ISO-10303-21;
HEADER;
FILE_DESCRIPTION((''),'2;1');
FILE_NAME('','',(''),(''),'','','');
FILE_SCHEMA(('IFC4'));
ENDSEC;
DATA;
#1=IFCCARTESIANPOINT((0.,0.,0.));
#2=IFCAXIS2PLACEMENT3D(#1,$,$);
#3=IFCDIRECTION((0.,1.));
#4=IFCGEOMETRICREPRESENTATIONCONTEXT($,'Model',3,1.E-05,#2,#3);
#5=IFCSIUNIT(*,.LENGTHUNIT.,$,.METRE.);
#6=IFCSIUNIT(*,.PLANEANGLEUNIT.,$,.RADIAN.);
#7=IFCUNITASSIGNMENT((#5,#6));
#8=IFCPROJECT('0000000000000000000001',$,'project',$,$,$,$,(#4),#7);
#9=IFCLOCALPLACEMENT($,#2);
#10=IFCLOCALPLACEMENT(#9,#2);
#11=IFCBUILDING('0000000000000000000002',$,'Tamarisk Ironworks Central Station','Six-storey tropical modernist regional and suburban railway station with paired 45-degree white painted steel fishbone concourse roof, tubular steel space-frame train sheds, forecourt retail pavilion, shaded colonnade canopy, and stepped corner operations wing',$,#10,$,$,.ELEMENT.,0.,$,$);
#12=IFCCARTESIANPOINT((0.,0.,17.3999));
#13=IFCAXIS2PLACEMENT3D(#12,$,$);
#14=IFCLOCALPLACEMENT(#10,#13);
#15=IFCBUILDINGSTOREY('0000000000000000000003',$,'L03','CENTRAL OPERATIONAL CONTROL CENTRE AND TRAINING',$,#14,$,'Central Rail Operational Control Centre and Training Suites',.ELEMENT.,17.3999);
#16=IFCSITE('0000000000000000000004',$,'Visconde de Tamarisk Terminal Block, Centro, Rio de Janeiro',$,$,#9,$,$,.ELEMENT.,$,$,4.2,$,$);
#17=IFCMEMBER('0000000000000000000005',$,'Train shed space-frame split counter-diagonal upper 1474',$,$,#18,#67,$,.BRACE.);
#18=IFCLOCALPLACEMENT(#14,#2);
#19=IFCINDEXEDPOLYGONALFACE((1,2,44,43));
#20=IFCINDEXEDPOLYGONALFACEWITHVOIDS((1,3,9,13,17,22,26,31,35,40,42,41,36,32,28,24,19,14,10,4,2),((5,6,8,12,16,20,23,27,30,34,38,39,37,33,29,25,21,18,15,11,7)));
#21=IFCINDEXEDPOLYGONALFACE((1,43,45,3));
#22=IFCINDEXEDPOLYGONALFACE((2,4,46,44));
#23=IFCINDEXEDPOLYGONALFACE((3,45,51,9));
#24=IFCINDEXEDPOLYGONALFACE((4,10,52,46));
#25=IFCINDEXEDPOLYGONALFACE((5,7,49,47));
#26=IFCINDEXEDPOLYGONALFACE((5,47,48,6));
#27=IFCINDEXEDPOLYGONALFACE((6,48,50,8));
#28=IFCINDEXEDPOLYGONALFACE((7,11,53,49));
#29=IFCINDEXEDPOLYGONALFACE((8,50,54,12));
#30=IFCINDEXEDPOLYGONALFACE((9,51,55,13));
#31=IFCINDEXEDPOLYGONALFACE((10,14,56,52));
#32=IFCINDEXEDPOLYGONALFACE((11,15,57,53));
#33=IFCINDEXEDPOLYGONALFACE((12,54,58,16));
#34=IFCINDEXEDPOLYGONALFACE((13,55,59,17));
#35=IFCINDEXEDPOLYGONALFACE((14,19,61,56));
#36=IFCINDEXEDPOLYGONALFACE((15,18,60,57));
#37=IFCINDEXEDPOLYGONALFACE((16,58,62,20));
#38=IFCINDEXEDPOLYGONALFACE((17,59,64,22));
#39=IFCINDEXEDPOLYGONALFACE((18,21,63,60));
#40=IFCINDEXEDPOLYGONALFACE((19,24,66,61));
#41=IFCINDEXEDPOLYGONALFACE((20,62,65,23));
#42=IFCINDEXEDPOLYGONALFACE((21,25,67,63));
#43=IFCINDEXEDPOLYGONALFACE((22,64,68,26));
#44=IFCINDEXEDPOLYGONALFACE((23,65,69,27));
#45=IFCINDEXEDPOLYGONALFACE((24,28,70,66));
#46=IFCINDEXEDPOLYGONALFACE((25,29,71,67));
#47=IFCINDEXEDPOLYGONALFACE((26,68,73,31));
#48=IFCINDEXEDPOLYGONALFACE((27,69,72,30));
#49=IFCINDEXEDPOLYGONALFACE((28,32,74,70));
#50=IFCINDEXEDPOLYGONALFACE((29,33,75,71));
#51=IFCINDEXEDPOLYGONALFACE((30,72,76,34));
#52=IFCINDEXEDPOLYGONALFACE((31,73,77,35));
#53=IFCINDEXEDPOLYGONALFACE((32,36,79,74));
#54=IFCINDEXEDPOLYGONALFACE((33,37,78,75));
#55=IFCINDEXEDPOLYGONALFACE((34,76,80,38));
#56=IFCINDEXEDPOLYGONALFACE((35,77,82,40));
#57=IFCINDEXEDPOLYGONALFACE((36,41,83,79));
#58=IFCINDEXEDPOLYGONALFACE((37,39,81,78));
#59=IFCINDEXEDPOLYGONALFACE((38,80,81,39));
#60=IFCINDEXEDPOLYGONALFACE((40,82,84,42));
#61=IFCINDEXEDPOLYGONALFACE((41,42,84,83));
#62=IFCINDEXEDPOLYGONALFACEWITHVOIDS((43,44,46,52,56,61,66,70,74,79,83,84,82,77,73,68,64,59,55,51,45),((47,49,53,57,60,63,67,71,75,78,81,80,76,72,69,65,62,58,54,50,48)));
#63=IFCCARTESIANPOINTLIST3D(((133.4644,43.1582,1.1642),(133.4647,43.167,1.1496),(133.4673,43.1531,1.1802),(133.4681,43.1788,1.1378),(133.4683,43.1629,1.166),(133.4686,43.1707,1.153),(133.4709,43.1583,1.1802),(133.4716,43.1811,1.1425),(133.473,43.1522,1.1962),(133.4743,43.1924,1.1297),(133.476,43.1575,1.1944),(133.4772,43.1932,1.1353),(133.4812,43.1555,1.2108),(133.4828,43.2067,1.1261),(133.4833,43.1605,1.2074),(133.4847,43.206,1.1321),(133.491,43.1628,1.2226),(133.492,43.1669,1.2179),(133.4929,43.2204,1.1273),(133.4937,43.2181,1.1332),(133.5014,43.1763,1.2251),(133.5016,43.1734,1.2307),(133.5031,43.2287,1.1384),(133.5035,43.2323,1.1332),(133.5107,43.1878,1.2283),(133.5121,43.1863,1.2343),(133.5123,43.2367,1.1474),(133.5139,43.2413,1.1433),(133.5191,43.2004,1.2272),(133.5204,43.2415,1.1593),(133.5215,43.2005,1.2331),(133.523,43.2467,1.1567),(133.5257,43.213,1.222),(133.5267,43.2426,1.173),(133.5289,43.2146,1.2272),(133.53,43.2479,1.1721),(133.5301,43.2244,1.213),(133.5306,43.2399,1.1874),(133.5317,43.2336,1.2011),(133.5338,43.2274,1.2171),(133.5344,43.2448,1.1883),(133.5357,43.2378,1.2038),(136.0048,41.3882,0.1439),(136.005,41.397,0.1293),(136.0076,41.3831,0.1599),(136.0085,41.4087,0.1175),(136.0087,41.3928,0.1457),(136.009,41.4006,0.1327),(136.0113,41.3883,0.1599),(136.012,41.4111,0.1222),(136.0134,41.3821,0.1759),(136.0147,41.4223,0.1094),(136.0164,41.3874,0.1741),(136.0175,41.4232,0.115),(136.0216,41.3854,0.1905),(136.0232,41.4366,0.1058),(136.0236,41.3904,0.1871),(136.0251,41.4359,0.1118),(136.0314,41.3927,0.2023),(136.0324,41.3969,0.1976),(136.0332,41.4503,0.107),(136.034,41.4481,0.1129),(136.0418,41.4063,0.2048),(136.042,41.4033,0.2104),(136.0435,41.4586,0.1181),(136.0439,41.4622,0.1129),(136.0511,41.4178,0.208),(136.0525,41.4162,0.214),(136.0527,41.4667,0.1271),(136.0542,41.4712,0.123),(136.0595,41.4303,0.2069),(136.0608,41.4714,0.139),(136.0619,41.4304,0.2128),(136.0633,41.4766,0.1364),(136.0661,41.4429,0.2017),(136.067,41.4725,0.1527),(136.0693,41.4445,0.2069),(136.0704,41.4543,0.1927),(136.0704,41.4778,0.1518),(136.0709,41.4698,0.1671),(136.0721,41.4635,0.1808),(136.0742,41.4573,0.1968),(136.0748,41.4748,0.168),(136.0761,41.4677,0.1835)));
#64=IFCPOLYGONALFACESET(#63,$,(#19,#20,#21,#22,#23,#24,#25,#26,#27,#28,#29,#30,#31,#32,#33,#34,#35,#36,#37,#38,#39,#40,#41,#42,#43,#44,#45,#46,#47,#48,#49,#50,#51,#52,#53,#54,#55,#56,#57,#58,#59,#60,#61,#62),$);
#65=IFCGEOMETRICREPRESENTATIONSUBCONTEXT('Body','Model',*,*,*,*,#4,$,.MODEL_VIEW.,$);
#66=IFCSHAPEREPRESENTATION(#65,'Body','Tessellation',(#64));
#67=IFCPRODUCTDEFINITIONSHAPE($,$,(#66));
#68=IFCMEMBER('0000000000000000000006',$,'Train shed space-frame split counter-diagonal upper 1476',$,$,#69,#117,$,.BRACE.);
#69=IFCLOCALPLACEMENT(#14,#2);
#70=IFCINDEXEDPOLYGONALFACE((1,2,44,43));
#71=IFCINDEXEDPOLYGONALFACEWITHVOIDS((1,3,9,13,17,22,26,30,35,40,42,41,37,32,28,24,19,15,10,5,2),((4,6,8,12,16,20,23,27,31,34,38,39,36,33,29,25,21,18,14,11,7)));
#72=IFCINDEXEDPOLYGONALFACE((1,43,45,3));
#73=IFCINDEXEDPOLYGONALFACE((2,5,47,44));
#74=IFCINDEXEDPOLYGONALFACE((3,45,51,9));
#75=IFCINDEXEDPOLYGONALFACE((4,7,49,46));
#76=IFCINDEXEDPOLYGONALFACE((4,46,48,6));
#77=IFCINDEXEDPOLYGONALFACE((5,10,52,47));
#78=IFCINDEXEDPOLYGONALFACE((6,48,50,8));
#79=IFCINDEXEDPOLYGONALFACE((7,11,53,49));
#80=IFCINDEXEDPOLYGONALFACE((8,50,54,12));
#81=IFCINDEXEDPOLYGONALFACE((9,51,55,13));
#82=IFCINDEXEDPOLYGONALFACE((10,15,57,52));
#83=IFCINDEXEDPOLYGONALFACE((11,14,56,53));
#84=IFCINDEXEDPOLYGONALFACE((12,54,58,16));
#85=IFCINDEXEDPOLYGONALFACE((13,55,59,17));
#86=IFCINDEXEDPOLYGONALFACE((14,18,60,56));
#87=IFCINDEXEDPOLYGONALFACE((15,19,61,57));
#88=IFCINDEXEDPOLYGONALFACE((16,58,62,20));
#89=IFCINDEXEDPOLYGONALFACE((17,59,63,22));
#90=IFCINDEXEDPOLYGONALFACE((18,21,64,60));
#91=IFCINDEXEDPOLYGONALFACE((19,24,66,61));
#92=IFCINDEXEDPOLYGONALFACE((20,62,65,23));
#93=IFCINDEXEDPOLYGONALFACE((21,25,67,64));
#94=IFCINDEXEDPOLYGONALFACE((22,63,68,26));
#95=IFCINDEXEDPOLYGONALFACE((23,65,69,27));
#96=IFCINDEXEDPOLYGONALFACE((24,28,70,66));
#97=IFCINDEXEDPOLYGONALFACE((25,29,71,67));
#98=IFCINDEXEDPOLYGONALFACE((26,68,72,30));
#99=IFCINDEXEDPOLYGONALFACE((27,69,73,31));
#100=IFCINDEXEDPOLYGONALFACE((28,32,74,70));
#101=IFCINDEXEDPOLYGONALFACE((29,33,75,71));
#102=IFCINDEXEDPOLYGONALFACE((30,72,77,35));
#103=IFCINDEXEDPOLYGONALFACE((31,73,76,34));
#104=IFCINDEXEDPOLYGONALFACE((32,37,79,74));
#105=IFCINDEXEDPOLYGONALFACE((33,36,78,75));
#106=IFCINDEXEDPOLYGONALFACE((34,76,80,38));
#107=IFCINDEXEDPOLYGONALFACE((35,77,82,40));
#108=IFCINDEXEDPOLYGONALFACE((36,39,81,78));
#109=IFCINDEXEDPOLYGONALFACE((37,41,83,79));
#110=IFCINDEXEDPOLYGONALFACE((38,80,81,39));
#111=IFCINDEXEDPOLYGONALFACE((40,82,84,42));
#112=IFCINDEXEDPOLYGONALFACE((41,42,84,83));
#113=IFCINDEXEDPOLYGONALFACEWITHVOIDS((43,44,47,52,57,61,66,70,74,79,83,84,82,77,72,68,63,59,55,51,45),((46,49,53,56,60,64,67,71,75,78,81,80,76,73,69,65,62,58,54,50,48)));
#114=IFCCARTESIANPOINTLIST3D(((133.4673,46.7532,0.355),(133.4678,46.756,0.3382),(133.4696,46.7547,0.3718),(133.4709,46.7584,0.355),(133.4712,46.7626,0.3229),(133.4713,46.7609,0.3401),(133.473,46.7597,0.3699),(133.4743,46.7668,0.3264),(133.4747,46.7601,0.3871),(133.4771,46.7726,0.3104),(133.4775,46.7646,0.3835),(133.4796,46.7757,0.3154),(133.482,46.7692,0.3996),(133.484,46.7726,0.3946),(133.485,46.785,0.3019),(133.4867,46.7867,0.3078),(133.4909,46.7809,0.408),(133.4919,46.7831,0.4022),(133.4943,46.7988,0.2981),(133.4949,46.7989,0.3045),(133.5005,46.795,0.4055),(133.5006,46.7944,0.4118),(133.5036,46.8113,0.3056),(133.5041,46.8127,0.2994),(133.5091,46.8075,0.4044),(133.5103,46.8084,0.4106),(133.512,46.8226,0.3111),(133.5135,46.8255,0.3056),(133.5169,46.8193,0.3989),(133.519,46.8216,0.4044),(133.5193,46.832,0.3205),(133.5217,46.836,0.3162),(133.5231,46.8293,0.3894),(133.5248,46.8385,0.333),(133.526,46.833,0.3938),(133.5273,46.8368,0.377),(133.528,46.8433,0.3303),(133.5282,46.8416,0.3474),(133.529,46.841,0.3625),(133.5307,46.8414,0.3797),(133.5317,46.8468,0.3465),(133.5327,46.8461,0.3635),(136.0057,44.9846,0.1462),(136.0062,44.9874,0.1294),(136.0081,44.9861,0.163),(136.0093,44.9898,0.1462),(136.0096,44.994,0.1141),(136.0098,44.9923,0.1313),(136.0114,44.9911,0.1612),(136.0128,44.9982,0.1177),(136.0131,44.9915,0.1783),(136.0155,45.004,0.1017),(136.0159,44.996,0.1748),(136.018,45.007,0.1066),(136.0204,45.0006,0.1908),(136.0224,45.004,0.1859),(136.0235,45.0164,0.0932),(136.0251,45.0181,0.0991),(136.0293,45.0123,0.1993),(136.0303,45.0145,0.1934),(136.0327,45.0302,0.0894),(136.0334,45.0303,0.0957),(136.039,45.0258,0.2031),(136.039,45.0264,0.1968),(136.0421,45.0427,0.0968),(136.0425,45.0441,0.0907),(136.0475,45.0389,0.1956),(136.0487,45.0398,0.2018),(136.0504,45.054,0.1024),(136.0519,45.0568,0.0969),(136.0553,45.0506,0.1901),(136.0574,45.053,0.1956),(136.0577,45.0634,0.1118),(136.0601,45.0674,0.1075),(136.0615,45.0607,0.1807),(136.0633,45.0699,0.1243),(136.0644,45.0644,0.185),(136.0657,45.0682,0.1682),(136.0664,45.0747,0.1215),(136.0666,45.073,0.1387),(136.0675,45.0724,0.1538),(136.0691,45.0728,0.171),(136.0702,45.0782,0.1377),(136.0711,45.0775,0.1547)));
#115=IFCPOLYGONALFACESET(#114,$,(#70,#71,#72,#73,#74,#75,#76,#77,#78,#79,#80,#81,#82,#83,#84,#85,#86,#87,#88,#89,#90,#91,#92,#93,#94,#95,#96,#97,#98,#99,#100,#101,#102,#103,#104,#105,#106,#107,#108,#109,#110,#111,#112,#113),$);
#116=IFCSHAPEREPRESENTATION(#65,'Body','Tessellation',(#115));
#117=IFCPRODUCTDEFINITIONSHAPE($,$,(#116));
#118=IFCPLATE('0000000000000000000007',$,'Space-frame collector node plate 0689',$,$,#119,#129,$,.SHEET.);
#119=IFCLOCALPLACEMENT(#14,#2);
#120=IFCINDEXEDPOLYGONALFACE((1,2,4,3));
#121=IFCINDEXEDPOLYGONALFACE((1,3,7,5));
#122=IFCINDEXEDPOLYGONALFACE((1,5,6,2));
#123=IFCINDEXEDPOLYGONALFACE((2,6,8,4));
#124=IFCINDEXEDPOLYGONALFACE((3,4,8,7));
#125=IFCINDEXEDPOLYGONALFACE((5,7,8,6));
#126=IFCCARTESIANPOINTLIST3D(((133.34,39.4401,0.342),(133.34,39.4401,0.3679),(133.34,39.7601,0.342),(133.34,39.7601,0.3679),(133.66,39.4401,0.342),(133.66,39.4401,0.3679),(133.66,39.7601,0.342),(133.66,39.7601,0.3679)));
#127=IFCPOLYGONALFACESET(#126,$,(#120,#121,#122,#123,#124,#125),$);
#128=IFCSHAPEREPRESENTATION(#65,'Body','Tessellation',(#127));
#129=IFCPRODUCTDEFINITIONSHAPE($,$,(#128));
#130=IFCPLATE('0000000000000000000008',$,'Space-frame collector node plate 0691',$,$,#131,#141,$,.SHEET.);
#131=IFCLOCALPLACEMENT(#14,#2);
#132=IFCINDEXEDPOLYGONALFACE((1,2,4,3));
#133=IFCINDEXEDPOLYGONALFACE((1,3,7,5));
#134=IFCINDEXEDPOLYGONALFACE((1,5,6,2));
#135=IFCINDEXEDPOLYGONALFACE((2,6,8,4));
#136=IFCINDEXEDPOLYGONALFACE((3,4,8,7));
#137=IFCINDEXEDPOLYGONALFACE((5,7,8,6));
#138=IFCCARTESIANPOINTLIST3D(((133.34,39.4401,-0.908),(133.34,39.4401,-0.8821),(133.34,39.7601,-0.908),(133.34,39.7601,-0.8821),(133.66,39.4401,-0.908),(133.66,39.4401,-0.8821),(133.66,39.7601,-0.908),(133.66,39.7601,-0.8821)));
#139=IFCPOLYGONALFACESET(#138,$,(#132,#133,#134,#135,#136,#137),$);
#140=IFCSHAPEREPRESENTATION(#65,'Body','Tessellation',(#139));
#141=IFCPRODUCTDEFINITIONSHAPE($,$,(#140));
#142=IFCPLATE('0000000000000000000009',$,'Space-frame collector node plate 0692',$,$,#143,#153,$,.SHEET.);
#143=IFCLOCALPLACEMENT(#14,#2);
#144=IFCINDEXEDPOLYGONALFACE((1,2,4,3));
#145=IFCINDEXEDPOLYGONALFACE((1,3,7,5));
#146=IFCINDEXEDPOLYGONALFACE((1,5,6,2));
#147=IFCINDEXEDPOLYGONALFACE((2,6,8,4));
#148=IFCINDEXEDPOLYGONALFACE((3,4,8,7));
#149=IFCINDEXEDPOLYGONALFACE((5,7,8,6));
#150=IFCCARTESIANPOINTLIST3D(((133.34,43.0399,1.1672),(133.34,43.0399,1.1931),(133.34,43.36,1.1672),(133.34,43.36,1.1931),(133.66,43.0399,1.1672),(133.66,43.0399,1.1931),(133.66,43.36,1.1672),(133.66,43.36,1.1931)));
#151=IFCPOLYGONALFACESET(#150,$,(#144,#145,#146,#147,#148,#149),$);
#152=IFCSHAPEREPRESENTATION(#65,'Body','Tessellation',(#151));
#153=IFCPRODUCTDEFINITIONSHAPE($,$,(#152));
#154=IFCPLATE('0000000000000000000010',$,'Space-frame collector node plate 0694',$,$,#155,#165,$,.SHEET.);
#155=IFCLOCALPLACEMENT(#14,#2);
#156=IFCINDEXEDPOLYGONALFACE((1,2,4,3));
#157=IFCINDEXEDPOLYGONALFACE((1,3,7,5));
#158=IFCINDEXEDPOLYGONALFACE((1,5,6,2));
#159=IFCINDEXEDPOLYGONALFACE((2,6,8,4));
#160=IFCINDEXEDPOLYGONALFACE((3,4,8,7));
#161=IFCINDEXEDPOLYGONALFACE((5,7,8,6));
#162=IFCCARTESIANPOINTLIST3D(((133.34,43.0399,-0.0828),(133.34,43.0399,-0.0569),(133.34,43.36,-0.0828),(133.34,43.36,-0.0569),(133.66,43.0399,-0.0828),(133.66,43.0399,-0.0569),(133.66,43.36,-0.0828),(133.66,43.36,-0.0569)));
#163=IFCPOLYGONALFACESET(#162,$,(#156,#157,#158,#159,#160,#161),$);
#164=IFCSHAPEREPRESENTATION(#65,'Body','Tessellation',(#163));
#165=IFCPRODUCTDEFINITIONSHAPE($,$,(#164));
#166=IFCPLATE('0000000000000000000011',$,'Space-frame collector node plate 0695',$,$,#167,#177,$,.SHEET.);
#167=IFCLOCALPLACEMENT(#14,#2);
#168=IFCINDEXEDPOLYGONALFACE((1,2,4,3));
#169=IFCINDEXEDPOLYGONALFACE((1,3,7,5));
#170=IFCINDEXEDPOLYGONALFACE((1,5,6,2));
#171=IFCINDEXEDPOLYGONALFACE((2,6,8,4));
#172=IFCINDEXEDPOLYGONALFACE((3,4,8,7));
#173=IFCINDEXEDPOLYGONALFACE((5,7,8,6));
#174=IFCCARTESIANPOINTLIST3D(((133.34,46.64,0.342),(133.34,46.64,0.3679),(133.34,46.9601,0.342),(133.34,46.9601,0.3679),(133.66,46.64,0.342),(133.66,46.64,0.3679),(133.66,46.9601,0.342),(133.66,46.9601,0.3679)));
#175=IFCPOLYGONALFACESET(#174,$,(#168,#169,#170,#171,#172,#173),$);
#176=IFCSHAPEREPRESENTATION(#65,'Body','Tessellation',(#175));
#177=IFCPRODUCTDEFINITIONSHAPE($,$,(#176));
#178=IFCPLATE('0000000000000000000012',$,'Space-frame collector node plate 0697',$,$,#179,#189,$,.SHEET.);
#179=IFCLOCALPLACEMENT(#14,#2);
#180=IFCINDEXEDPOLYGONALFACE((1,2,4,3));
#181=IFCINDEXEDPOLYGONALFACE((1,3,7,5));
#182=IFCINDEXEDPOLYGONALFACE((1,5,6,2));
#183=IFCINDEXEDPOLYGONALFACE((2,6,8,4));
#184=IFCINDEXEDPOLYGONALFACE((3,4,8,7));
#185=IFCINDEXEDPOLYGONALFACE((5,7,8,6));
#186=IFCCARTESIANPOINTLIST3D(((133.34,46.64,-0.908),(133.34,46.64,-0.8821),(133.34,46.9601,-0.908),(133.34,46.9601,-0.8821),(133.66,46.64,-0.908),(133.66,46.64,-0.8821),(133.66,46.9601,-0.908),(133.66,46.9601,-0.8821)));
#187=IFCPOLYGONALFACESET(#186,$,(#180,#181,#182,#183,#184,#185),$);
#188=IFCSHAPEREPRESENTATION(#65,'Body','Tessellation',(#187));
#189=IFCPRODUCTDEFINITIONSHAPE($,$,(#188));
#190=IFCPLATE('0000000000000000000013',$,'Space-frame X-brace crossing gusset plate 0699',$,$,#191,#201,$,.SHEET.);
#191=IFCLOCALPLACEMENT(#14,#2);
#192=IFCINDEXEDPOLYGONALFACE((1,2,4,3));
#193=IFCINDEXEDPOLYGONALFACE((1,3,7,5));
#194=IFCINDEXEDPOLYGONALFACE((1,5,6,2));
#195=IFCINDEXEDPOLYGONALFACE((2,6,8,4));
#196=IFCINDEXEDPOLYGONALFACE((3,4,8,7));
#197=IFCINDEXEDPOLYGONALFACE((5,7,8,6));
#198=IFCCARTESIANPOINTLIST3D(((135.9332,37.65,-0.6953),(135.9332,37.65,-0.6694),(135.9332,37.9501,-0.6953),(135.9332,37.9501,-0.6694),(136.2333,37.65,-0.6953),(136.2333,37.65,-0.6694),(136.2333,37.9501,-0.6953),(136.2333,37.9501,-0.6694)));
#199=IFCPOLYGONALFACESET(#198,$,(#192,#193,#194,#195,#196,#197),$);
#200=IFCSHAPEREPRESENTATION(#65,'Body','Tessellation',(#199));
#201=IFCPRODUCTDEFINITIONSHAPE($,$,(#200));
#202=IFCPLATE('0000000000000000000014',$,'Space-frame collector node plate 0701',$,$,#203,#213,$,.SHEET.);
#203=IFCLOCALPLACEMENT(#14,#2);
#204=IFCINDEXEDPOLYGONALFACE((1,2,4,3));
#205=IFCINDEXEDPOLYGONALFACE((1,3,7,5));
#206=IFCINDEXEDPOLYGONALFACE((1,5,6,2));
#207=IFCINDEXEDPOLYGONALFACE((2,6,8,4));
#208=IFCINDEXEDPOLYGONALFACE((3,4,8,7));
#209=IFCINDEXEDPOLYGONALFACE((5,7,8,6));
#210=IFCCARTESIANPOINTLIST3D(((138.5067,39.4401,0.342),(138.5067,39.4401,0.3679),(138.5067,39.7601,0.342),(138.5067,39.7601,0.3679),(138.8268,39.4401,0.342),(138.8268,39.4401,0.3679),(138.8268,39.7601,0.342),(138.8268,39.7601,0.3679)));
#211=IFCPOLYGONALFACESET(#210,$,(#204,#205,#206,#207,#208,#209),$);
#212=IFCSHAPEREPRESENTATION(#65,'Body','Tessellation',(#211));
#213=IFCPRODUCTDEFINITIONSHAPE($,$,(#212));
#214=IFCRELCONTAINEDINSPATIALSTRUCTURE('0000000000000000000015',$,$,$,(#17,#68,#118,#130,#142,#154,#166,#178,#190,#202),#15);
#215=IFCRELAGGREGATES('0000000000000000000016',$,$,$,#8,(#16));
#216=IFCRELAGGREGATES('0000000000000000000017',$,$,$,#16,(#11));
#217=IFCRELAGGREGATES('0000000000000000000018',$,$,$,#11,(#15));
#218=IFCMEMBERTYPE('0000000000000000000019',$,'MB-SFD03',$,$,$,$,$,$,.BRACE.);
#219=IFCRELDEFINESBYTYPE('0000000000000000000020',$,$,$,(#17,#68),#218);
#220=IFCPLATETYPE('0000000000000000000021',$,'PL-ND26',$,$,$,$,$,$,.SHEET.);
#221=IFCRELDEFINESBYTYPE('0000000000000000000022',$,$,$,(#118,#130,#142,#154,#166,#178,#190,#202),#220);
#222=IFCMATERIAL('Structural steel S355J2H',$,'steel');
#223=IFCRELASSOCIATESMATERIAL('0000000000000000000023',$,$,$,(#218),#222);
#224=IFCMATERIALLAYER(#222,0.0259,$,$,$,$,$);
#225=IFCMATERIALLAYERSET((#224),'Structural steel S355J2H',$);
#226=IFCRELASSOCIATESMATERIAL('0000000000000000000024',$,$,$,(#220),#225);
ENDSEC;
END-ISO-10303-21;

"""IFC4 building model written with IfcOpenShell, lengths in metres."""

from ifc_helpers import new_model, si_unit, direction, frame, origin, origin_2d, place, context, subcontext, project, spatial, rectangle, hollow_circle, extrude, material, layer, layer_set, material_profile, profile_set, type_object, element, save


model = new_model("IFC4")

# Units and contexts
model_context = context("Model", 3, precision=1e-05, world=origin(), true_north=direction((0.0, 1.0)))
body_context = subcontext(model_context, "Body", "Model", "MODEL_VIEW")
ifc_project = project(units=[si_unit("LENGTHUNIT", "METRE"), si_unit("PLANEANGLEUNIT", "RADIAN")], contexts=[model_context])

# Site, building, storey
site_placement = place(None, origin())
site = spatial("IfcSite", under=ifc_project, at=site_placement, Name="Visconde de Tamarisk Terminal Block, Centro, Rio de Janeiro", CompositionType="ELEMENT", RefElevation=4.2)
building_placement = place(site_placement, origin())
building = spatial("IfcBuilding", under=site, at=building_placement, Name="Tamarisk Ironworks Central Station", Description="Six-storey tropical modernist regional and suburban railway station with paired 45-degree white painted steel fishbone concourse roof, tubular steel space-frame train sheds, forecourt retail pavilion, shaded colonnade canopy, and stepped corner operations wing", CompositionType="ELEMENT", ElevationOfRefHeight=0.0)
storey_placement = place(building_placement, frame((0.0, 0.0, 17.3999)))
storey = spatial("IfcBuildingStorey", under=building, at=storey_placement, Name="L03", Description="CENTRAL OPERATIONAL CONTROL CENTRE AND TRAINING", LongName="Central Rail Operational Control Centre and Training Suites", CompositionType="ELEMENT", Elevation=17.3999)

# Members
ifc_material = material(Name="Structural steel S355J2H", Category="steel")
ifc_material_profile_1 = material_profile(ifc_material, hollow_circle(Radius=0.0571, WallThickness=0.0063, at=origin_2d()), Name="CHS 114.3x6.3")
ifc_profile_set_1 = profile_set([ifc_material_profile_1], Name="Structural steel S355J2H")
member_type_1 = type_object("IfcMemberType", Name="MB-SFD03", PredefinedType="BRACE", material=ifc_profile_set_1)
member_1_placement = place(storey_placement, frame((136.0403, 41.4299, 0.1599), z_axis=(-0.779252, 0.542967, 0.312974), x_axis=(-0.571688, -0.820471, 0.0)))
element("IfcMember", 1, at=member_1_placement, inside=storey, type_object=member_type_1, Name="Train shed space-frame split counter-diagonal upper 1474", PredefinedType="BRACE", context=body_context, shape_type="SweptSolid", body=[
    extrude(hollow_circle(Radius=0.0571, WallThickness=0.0063, at=origin_2d()), origin(), (0.0, 0.0, 1.0), 3.26),
])
member_2_placement = place(storey_placement, frame((136.0383, 45.0315, 0.1462), z_axis=(-0.818625, 0.570369, 0.06732), x_axis=(-0.571666, -0.820487, 0.0)))
element("IfcMember", 2, at=member_2_placement, inside=storey, type_object=member_type_1, Name="Train shed space-frame split counter-diagonal upper 1476", PredefinedType="BRACE", context=body_context, shape_type="SweptSolid", body=[
    extrude(hollow_circle(Radius=0.0571, WallThickness=0.0063, at=origin_2d()), origin(), (0.0, 0.0, 1.0), 3.1008),
])

# Plates
ifc_layer = layer(ifc_material, 0.0259)
ifc_layer_set = layer_set([ifc_layer], Name="Structural steel S355J2H")
plate_type = type_object("IfcPlateType", Name="PL-ND26", PredefinedType="SHEET", material=ifc_layer_set)
for number, where, z_axis, x_axis, name in (
    (3, (133.5, 39.6001, 0.342), (0.0, 0.0, 1.0), (1.0, 0.0, 0.0), "Space-frame collector node plate 0689"),
    (4, (133.5, 39.6001, -0.908), (0.0, 0.0, 1.0), (1.0, 0.0, 0.0), "Space-frame collector node plate 0691"),
    (5, (133.5, 43.2, 1.1672), (0.0, 0.0, 1.0), (1.0, 0.0, 0.0), "Space-frame collector node plate 0692"),
    (6, (133.5, 43.2, -0.0828), (0.0, 0.0, 1.0), (1.0, 0.0, 0.0), "Space-frame collector node plate 0694"),
    (7, (133.5, 46.8, 0.342), (0.0, 0.0, 1.0), (1.0, 0.0, 0.0), "Space-frame collector node plate 0695"),
    (8, (133.5, 46.8, -0.908), (0.0, 0.0, 1.0), (1.0, 0.0, 0.0), "Space-frame collector node plate 0697"),
):
    element("IfcPlate", number, at=place(storey_placement, frame(where, z_axis=z_axis, x_axis=x_axis)), inside=storey, type_object=plate_type, Name=name, PredefinedType="SHEET", context=body_context, shape_type="SweptSolid", body=[
        extrude(rectangle(XDim=0.3201, YDim=0.3201, at=origin_2d()), origin(), (0.0, 0.0, 1.0), 0.0259),
    ])
plate_1_placement = place(storey_placement, frame((136.0833, 37.8, -0.6953), z_axis=(0.0, 0.0, 1.0), x_axis=(1.0, 0.0, 0.0)))
element("IfcPlate", 9, at=plate_1_placement, inside=storey, type_object=plate_type, Name="Space-frame X-brace crossing gusset plate 0699", PredefinedType="SHEET", context=body_context, shape_type="SweptSolid", body=[
    extrude(rectangle(XDim=0.3, YDim=0.3, at=origin_2d()), origin(), (0.0, 0.0, 1.0), 0.0259),
])
plate_2_placement = place(storey_placement, frame((138.6667, 39.6001, 0.342), z_axis=(0.0, 0.0, 1.0), x_axis=(1.0, 0.0, 0.0)))
element("IfcPlate", 10, at=plate_2_placement, inside=storey, type_object=plate_type, Name="Space-frame collector node plate 0701", PredefinedType="SHEET", context=body_context, shape_type="SweptSolid", body=[
    extrude(rectangle(XDim=0.3201, YDim=0.3201, at=origin_2d()), origin(), (0.0, 0.0, 1.0), 0.0259),
])

save(model, "model.ifc")
